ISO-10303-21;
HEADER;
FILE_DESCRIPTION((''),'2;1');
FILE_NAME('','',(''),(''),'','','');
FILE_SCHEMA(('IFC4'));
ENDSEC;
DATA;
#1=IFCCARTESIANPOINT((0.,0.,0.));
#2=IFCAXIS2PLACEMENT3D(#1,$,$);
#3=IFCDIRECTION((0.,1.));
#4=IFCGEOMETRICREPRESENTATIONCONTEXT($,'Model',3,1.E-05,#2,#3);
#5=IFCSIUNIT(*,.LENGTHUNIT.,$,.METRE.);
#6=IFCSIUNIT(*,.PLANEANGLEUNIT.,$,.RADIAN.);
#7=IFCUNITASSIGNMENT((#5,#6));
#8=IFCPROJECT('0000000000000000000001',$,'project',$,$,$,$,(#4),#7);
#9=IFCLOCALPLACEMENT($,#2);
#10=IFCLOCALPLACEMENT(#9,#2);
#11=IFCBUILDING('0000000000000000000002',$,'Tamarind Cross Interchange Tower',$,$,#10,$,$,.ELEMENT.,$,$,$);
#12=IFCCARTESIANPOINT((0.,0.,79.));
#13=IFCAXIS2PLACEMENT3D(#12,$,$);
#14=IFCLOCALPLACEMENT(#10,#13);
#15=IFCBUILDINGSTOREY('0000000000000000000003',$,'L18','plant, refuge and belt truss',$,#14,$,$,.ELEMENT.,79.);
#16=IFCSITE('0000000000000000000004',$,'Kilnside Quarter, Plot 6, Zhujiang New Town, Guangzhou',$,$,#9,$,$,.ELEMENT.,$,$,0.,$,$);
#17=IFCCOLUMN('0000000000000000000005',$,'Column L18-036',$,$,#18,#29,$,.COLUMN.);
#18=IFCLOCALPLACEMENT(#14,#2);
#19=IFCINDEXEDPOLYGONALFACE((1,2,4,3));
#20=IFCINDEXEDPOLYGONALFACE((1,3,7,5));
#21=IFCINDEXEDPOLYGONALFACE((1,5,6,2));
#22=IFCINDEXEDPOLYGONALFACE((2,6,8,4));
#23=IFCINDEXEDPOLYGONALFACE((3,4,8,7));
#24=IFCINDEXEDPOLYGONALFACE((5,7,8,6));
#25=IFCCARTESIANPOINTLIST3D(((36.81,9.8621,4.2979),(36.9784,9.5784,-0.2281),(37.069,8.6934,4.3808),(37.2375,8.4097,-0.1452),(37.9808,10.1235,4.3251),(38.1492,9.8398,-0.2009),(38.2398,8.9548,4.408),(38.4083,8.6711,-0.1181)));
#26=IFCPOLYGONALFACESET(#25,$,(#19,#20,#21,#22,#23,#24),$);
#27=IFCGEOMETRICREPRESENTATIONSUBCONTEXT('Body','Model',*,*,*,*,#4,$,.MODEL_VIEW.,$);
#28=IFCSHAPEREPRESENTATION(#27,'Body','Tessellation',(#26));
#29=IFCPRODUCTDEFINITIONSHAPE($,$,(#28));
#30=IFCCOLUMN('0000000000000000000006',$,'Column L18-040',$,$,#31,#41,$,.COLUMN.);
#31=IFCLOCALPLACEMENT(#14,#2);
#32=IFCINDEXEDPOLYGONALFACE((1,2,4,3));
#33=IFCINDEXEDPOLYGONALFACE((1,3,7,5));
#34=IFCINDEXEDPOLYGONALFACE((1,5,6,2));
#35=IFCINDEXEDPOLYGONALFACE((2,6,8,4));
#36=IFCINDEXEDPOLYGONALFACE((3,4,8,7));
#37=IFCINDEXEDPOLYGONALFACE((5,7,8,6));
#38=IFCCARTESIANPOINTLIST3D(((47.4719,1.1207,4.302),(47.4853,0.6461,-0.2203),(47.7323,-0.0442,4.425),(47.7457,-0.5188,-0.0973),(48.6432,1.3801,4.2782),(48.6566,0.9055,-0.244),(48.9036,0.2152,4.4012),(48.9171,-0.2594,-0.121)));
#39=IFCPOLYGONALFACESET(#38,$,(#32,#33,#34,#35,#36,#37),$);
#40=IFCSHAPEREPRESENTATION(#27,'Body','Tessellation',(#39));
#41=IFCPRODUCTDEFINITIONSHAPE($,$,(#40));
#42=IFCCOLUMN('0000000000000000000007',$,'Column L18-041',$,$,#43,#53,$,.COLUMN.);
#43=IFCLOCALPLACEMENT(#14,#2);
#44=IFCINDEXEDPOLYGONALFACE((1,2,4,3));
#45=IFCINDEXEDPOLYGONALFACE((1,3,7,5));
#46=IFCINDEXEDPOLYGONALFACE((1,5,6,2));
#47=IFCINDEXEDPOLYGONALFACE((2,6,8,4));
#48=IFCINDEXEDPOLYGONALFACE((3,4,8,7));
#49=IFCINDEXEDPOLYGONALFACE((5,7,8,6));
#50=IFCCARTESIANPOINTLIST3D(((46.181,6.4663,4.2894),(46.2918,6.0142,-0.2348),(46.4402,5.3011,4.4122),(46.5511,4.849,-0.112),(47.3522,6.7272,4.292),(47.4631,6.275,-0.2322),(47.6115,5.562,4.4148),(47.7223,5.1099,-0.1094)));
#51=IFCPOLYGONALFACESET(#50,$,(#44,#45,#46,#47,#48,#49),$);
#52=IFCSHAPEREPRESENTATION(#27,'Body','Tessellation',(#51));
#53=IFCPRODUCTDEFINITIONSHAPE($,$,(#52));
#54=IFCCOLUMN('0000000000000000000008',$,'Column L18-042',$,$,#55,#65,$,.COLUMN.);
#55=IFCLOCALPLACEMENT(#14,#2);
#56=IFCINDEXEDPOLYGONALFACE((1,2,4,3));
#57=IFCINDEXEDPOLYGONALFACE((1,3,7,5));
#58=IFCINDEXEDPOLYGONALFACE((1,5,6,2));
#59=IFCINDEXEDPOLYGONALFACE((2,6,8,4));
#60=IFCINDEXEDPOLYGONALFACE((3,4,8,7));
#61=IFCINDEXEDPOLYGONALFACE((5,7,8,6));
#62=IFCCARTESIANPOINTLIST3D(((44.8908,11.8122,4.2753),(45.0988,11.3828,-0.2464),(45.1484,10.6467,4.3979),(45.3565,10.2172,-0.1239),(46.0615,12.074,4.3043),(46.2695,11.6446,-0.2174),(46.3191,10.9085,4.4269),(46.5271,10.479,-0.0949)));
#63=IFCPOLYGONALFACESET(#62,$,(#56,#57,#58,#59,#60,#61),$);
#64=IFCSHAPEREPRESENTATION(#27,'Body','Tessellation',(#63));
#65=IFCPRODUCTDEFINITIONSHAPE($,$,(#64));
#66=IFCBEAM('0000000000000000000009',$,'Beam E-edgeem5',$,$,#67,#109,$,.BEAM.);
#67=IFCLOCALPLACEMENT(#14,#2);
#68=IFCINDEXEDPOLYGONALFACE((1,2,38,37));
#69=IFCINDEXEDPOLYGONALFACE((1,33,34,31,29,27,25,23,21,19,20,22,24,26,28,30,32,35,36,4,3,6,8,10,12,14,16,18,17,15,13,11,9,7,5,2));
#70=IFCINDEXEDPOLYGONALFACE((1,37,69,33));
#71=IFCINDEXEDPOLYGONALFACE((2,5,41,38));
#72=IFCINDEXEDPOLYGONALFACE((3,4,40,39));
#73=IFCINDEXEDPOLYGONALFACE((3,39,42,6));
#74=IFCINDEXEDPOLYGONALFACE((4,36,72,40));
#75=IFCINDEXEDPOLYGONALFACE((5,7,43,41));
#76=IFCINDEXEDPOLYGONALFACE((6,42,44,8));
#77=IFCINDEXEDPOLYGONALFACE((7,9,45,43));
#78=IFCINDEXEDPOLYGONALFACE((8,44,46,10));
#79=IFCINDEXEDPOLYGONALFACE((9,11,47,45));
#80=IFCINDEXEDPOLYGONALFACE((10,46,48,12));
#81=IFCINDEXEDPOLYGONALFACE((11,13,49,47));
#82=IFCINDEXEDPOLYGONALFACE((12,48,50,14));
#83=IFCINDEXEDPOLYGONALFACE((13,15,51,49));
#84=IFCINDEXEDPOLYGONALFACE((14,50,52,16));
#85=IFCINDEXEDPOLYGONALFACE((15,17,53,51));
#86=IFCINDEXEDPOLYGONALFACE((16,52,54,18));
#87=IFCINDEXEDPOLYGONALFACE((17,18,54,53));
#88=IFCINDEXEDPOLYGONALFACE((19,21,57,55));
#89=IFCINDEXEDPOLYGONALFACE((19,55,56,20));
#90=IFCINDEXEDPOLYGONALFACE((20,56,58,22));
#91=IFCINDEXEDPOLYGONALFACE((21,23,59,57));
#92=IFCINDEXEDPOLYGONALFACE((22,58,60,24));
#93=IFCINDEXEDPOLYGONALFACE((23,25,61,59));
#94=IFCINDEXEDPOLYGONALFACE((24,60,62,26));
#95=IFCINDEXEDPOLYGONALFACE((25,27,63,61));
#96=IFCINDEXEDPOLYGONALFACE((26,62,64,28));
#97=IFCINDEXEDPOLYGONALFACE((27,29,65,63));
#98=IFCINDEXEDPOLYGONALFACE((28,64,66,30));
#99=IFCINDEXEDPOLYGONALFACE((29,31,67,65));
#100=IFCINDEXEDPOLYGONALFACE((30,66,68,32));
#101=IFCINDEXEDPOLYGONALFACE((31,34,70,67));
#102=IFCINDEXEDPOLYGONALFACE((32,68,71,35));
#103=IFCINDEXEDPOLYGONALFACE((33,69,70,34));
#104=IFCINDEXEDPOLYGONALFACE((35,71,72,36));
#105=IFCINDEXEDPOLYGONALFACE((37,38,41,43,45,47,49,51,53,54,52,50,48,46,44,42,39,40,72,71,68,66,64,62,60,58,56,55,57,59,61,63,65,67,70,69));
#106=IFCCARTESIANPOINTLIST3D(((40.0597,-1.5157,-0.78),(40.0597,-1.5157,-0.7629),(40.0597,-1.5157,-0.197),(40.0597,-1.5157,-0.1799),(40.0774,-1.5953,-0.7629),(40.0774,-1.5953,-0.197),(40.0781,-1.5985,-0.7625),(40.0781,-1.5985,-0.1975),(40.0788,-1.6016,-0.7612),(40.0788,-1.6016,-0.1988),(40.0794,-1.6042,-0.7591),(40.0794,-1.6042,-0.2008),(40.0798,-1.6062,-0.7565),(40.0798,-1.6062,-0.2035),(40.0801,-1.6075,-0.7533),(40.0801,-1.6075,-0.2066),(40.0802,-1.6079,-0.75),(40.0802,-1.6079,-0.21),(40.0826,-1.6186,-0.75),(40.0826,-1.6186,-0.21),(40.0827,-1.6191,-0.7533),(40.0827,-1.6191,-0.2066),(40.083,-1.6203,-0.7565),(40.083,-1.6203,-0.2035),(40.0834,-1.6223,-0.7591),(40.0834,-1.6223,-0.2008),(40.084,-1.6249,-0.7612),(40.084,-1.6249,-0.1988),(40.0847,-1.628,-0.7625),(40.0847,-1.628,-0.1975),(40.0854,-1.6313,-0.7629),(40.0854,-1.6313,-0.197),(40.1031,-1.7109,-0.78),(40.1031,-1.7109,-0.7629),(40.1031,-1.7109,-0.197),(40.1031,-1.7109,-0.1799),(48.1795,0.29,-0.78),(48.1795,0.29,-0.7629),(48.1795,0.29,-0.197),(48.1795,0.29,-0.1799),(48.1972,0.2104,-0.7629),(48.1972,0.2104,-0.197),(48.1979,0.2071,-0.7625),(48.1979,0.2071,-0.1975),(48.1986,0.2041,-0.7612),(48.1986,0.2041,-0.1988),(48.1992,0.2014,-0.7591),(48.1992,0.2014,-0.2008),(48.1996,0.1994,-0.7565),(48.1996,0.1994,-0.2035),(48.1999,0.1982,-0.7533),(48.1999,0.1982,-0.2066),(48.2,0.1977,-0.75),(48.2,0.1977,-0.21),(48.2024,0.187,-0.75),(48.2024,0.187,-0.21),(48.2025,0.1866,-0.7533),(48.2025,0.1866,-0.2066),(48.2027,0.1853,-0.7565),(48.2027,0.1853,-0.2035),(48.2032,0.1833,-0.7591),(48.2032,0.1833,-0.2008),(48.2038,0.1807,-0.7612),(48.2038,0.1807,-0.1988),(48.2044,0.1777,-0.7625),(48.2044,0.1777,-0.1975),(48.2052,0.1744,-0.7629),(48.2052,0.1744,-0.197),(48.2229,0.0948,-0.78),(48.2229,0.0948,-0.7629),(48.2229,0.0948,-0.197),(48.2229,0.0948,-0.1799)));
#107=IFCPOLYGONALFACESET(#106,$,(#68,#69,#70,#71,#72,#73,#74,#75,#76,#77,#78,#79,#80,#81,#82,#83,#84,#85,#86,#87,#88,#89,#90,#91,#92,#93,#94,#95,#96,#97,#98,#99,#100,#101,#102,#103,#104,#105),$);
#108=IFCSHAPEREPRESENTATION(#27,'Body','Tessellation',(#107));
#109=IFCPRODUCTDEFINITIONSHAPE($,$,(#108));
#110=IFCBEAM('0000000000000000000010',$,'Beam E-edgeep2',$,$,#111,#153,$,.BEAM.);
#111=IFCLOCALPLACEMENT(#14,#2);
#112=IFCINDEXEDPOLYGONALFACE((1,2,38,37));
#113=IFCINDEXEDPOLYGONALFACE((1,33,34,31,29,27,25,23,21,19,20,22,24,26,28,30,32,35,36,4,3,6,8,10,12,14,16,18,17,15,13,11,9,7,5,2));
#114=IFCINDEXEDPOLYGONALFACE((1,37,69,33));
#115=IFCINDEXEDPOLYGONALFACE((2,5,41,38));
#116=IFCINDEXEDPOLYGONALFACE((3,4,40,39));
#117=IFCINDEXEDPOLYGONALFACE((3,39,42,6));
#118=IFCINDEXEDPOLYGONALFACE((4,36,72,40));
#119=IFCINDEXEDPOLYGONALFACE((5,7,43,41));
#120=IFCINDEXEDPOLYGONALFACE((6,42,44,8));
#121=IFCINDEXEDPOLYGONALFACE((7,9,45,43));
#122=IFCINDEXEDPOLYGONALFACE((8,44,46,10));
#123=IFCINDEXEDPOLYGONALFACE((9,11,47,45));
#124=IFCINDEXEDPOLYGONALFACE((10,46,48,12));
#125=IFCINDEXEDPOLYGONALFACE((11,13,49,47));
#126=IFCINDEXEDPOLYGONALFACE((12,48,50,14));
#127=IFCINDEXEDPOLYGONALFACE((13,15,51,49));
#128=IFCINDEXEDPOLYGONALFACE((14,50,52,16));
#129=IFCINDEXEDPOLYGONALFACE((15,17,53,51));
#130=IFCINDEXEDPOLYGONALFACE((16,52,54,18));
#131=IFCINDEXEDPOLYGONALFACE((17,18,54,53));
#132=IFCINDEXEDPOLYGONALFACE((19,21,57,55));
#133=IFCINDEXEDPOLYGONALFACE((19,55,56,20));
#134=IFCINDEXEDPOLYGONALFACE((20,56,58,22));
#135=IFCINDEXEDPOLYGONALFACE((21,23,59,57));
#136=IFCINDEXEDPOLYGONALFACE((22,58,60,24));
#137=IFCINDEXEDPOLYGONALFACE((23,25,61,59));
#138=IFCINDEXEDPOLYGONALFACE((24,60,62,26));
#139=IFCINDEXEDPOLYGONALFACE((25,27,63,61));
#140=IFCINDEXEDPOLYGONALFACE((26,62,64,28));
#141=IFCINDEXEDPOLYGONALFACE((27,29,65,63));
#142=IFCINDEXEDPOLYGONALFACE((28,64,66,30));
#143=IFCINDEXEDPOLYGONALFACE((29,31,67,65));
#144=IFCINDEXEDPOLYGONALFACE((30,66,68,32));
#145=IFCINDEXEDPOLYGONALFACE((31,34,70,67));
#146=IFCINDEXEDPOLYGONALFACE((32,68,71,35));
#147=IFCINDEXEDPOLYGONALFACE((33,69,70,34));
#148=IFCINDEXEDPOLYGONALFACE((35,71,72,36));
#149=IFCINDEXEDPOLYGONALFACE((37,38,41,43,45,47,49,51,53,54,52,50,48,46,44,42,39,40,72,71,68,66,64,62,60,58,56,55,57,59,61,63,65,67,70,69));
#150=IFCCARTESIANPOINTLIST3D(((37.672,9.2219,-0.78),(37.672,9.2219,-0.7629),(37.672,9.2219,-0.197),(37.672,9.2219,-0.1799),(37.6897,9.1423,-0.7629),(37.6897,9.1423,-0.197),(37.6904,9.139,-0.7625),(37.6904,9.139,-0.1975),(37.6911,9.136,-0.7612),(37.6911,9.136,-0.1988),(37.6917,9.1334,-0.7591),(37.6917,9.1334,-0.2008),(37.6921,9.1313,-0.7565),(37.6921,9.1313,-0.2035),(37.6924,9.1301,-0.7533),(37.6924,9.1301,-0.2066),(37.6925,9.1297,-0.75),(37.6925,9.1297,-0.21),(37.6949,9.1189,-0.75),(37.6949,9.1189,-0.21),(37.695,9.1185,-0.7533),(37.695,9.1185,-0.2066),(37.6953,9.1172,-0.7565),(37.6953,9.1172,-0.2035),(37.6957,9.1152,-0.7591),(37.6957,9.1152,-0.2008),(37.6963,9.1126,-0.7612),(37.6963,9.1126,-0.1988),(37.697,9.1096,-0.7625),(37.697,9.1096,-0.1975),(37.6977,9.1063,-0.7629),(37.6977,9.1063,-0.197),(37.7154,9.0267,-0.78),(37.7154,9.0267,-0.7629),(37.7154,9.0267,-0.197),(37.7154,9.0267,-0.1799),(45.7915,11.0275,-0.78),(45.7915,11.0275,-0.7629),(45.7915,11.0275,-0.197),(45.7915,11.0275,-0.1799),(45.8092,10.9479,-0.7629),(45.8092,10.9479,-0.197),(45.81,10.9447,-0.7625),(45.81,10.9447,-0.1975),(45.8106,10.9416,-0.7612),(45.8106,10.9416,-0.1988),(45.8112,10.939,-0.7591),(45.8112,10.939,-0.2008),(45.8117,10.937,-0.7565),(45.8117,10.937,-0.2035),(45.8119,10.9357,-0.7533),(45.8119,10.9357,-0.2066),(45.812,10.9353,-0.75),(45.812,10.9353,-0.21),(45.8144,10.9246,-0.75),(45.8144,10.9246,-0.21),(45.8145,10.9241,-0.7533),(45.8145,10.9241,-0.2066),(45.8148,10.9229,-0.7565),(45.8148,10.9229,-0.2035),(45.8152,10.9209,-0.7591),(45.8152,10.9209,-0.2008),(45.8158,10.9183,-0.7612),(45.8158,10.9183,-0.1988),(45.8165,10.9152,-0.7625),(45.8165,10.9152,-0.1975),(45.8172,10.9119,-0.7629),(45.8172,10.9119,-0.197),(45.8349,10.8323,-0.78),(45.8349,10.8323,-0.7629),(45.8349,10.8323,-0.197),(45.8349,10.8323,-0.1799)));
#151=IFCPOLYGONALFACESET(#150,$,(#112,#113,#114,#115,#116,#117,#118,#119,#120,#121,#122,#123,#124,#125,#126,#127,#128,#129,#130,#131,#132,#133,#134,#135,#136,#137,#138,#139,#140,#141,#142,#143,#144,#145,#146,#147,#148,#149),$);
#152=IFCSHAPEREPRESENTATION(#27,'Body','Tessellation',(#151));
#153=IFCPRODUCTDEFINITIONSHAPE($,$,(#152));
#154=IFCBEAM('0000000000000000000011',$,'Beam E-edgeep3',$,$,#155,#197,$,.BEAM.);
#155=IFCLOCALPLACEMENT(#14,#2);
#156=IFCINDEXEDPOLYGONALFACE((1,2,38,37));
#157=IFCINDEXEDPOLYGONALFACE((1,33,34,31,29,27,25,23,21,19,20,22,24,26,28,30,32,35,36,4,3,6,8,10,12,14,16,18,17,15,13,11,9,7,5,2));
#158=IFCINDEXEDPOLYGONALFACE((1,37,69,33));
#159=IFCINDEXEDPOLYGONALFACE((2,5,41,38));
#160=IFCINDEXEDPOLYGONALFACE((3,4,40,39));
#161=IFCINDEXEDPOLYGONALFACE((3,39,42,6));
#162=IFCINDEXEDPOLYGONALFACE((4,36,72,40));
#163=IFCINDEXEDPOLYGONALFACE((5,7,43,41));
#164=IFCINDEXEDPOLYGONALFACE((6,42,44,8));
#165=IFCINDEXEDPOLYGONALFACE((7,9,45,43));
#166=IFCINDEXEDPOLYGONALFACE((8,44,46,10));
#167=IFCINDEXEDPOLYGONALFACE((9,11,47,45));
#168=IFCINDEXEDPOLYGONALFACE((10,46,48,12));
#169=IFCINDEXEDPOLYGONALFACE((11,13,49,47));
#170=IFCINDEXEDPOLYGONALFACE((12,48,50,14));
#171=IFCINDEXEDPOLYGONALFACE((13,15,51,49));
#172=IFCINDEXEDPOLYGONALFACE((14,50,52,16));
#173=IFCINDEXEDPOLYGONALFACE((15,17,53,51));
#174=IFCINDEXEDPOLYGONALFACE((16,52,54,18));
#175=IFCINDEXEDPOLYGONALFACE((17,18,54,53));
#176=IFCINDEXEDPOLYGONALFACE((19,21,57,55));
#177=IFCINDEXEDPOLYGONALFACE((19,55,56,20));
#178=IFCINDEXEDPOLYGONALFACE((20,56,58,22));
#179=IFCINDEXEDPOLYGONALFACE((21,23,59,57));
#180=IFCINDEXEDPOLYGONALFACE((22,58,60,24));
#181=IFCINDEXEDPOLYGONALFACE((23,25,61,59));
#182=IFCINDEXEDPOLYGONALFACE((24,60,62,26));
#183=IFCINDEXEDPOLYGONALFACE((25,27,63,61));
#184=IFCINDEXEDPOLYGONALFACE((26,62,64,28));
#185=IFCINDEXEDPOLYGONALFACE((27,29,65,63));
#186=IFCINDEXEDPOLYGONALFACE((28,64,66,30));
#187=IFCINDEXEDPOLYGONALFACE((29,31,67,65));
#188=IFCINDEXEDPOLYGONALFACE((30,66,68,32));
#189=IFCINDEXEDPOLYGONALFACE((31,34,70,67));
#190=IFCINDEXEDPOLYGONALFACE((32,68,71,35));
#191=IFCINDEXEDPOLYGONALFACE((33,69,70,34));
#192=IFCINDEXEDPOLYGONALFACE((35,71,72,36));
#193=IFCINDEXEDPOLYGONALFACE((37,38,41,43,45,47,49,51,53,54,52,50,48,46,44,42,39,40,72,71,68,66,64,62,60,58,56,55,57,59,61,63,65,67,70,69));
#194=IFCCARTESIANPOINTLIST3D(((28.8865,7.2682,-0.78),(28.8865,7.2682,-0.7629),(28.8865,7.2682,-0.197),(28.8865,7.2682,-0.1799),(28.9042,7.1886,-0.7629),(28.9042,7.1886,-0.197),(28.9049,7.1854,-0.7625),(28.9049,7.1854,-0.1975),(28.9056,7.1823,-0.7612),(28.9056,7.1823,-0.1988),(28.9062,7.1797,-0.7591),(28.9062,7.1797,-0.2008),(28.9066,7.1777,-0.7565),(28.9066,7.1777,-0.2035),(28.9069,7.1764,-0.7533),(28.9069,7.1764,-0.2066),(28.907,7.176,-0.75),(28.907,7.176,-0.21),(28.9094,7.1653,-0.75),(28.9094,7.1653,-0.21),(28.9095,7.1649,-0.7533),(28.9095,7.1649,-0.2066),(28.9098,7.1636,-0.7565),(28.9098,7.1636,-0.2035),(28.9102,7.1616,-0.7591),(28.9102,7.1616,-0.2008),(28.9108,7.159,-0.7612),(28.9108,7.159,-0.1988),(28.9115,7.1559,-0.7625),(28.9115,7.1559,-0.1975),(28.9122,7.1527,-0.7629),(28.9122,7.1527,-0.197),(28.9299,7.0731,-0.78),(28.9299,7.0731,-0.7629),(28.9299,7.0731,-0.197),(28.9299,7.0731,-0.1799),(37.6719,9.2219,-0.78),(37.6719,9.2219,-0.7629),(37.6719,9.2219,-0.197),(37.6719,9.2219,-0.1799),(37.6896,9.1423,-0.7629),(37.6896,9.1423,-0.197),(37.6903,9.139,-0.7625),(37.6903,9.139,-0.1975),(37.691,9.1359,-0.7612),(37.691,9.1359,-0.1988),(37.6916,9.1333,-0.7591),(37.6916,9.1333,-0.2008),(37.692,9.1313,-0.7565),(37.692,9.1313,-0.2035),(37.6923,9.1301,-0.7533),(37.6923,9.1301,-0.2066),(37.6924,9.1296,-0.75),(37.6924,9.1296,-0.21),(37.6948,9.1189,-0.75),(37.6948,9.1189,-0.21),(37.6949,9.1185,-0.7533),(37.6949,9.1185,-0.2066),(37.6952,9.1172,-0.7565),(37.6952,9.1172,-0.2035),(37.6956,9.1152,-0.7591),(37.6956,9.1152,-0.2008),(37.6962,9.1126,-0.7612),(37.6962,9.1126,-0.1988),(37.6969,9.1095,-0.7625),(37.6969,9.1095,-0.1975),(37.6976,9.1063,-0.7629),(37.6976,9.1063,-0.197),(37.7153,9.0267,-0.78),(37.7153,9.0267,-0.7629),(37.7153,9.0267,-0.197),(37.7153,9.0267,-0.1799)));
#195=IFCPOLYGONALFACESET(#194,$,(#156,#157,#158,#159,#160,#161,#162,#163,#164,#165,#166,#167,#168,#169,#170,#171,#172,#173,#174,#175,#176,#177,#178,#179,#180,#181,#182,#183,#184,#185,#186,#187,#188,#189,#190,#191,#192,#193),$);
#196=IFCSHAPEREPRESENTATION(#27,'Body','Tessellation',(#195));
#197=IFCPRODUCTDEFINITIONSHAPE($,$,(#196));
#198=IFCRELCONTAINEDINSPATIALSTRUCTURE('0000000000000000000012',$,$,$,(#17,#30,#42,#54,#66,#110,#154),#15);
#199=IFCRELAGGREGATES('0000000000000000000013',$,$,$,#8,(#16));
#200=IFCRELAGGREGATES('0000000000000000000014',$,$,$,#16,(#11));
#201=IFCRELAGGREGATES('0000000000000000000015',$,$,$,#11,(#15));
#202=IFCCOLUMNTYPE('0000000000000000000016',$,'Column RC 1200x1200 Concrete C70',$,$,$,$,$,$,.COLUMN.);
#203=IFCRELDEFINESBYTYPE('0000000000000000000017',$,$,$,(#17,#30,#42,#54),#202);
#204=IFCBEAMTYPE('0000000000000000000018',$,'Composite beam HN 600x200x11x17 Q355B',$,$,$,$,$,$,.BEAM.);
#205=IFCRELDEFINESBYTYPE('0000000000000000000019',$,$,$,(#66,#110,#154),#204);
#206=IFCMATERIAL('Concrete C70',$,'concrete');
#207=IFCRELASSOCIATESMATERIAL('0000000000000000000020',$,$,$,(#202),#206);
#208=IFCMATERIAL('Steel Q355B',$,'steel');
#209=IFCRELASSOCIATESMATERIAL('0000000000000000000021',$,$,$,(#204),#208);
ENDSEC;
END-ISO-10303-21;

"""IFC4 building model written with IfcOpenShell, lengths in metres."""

from ifc_helpers import new_model, si_unit, direction, frame, origin, origin_2d, place, context, subcontext, project, spatial, rectangle, i_section, extrude, material, material_profile, profile_set, type_object, element, save


model = new_model("IFC4")

# Units and contexts
model_context = context("Model", 3, precision=1e-05, world=origin(), true_north=direction((0.0, 1.0)))
body_context = subcontext(model_context, "Body", "Model", "MODEL_VIEW")
ifc_project = project(units=[si_unit("LENGTHUNIT", "METRE"), si_unit("PLANEANGLEUNIT", "RADIAN")], contexts=[model_context])

# Site, building, storey
site_placement = place(None, origin())
site = spatial("IfcSite", under=ifc_project, at=site_placement, Name="Kilnside Quarter, Plot 6, Zhujiang New Town, Guangzhou", CompositionType="ELEMENT", RefElevation=0.0)
building_placement = place(site_placement, origin())
building = spatial("IfcBuilding", under=site, at=building_placement, Name="Tamarind Cross Interchange Tower", CompositionType="ELEMENT")
storey_placement = place(building_placement, frame((0.0, 0.0, 79.0)))
storey = spatial("IfcBuildingStorey", under=building, at=storey_placement, Name="L18", Description="plant, refuge and belt truss", CompositionType="ELEMENT", Elevation=79.0)

# Columns
ifc_material_1 = material(Name="Concrete C70", Category="concrete")
ifc_material_profile_1 = material_profile(ifc_material_1, rectangle(XDim=1.2, YDim=1.2, at=origin_2d()), Name="RC 1200x1200")
ifc_profile_set_1 = profile_set([ifc_material_profile_1], Name="Concrete C70")
column_type = type_object("IfcColumnType", Name="Column RC 1200x1200 Concrete C70", PredefinedType="COLUMN", material=ifc_profile_set_1)
column_1_placement = place(storey_placement, frame((37.6934, 9.1248, -0.1731), z_axis=(-0.03712, 0.062513, 0.997354), x_axis=(0.215891, -0.973971, 0.069082)))
element("IfcColumn", 1, at=column_1_placement, inside=storey, type_object=column_type, Name="Column L18-036", PredefinedType="COLUMN", context=body_context, shape_type="SweptSolid", body=[
    extrude(rectangle(XDim=1.2, YDim=1.2, at=origin_2d()), origin(), (0.0, 0.0, 1.0), 4.5381),
])
column_2_placement = place(storey_placement, frame((48.2012, 0.1934, -0.1707), z_axis=(-0.002953, 0.104377, 0.994533), x_axis=(-0.976156, -0.216165, 0.019788)))
element("IfcColumn", 2, at=column_2_placement, inside=storey, type_object=column_type, Name="Column L18-040", PredefinedType="COLUMN", context=body_context, shape_type="SweptSolid", body=[
    extrude(rectangle(XDim=1.2, YDim=1.2, at=origin_2d()), origin(), (0.0, 0.0, 1.0), 4.5471),
])
column_3_placement = place(storey_placement, frame((47.0071, 5.562, -0.1721), z_axis=(-0.024371, 0.099416, 0.994747), x_axis=(0.216049, -0.971005, 0.102336)))
element("IfcColumn", 3, at=column_3_placement, inside=storey, type_object=column_type, Name="Column L18-041", PredefinedType="COLUMN", context=body_context, shape_type="SweptSolid", body=[
    extrude(rectangle(XDim=1.2, YDim=1.2, at=origin_2d()), origin(), (0.0, 0.0, 1.0), 4.5481),
])
column_4_placement = place(storey_placement, frame((45.813, 10.9309, -0.1707), z_axis=(-0.045748, 0.094449, 0.994478), x_axis=(0.21469, -0.971328, 0.102126)))
element("IfcColumn", 4, at=column_4_placement, inside=storey, type_object=column_type, Name="Column L18-042", PredefinedType="COLUMN", context=body_context, shape_type="SweptSolid", body=[
    extrude(rectangle(XDim=1.2, YDim=1.2, at=origin_2d()), origin(), (0.0, 0.0, 1.0), 4.5469),
])

# Beams
ifc_material_2 = material(Name="Steel Q355B", Category="steel")
ifc_material_profile_2 = material_profile(ifc_material_2, i_section(OverallWidth=0.2, OverallDepth=0.6001, WebThickness=0.011, FlangeThickness=0.0171, FilletRadius=0.0129, at=origin_2d()), Name="HN 600x200x11x17")
ifc_profile_set_2 = profile_set([ifc_material_profile_2], Name="Steel Q355B")
beam_type_1 = type_object("IfcBeamType", Name="Composite beam HN 600x200x11x17 Q355B", PredefinedType="BEAM", material=ifc_profile_set_2)
beam_1_placement = place(storey_placement, frame((48.2012, 0.1924, -0.48), z_axis=(-0.976155, -0.217073, 0.0), x_axis=(0.217073, -0.976155, 0.0)))
element("IfcBeam", 5, at=beam_1_placement, inside=storey, type_object=beam_type_1, Name="Beam E-edgeem5", PredefinedType="BEAM", context=body_context, shape_type="SweptSolid", body=[
    extrude(i_section(OverallWidth=0.2, OverallDepth=0.6001, WebThickness=0.011, FlangeThickness=0.0171, FilletRadius=0.0129, at=origin_2d()), origin(), (0.0, 0.0, 1.0), 8.3181),
])
beam_2_placement = place(storey_placement, frame((45.8132, 10.9299, -0.48), z_axis=(-0.976154, -0.21708, 0.0), x_axis=(0.21708, -0.976154, 0.0)))
element("IfcBeam", 6, at=beam_2_placement, inside=storey, type_object=beam_type_1, Name="Beam E-edgeep2", PredefinedType="BEAM", context=body_context, shape_type="SweptSolid", body=[
    extrude(i_section(OverallWidth=0.2, OverallDepth=0.6001, WebThickness=0.011, FlangeThickness=0.0171, FilletRadius=0.0129, at=origin_2d()), origin(), (0.0, 0.0, 1.0), 8.3179),
])
beam_3_placement = place(storey_placement, frame((37.6936, 9.1243, -0.48), z_axis=(-0.976156, -0.217068, 0.0), x_axis=(0.217068, -0.976156, 0.0)))
element("IfcBeam", 7, at=beam_3_placement, inside=storey, type_object=beam_type_1, Name="Beam E-edgeep3", PredefinedType="BEAM", context=body_context, shape_type="SweptSolid", body=[
    extrude(i_section(OverallWidth=0.2, OverallDepth=0.6001, WebThickness=0.011, FlangeThickness=0.0171, FilletRadius=0.0129, at=origin_2d()), origin(), (0.0, 0.0, 1.0), 9.0),
])

save(model, "model.ifc")
